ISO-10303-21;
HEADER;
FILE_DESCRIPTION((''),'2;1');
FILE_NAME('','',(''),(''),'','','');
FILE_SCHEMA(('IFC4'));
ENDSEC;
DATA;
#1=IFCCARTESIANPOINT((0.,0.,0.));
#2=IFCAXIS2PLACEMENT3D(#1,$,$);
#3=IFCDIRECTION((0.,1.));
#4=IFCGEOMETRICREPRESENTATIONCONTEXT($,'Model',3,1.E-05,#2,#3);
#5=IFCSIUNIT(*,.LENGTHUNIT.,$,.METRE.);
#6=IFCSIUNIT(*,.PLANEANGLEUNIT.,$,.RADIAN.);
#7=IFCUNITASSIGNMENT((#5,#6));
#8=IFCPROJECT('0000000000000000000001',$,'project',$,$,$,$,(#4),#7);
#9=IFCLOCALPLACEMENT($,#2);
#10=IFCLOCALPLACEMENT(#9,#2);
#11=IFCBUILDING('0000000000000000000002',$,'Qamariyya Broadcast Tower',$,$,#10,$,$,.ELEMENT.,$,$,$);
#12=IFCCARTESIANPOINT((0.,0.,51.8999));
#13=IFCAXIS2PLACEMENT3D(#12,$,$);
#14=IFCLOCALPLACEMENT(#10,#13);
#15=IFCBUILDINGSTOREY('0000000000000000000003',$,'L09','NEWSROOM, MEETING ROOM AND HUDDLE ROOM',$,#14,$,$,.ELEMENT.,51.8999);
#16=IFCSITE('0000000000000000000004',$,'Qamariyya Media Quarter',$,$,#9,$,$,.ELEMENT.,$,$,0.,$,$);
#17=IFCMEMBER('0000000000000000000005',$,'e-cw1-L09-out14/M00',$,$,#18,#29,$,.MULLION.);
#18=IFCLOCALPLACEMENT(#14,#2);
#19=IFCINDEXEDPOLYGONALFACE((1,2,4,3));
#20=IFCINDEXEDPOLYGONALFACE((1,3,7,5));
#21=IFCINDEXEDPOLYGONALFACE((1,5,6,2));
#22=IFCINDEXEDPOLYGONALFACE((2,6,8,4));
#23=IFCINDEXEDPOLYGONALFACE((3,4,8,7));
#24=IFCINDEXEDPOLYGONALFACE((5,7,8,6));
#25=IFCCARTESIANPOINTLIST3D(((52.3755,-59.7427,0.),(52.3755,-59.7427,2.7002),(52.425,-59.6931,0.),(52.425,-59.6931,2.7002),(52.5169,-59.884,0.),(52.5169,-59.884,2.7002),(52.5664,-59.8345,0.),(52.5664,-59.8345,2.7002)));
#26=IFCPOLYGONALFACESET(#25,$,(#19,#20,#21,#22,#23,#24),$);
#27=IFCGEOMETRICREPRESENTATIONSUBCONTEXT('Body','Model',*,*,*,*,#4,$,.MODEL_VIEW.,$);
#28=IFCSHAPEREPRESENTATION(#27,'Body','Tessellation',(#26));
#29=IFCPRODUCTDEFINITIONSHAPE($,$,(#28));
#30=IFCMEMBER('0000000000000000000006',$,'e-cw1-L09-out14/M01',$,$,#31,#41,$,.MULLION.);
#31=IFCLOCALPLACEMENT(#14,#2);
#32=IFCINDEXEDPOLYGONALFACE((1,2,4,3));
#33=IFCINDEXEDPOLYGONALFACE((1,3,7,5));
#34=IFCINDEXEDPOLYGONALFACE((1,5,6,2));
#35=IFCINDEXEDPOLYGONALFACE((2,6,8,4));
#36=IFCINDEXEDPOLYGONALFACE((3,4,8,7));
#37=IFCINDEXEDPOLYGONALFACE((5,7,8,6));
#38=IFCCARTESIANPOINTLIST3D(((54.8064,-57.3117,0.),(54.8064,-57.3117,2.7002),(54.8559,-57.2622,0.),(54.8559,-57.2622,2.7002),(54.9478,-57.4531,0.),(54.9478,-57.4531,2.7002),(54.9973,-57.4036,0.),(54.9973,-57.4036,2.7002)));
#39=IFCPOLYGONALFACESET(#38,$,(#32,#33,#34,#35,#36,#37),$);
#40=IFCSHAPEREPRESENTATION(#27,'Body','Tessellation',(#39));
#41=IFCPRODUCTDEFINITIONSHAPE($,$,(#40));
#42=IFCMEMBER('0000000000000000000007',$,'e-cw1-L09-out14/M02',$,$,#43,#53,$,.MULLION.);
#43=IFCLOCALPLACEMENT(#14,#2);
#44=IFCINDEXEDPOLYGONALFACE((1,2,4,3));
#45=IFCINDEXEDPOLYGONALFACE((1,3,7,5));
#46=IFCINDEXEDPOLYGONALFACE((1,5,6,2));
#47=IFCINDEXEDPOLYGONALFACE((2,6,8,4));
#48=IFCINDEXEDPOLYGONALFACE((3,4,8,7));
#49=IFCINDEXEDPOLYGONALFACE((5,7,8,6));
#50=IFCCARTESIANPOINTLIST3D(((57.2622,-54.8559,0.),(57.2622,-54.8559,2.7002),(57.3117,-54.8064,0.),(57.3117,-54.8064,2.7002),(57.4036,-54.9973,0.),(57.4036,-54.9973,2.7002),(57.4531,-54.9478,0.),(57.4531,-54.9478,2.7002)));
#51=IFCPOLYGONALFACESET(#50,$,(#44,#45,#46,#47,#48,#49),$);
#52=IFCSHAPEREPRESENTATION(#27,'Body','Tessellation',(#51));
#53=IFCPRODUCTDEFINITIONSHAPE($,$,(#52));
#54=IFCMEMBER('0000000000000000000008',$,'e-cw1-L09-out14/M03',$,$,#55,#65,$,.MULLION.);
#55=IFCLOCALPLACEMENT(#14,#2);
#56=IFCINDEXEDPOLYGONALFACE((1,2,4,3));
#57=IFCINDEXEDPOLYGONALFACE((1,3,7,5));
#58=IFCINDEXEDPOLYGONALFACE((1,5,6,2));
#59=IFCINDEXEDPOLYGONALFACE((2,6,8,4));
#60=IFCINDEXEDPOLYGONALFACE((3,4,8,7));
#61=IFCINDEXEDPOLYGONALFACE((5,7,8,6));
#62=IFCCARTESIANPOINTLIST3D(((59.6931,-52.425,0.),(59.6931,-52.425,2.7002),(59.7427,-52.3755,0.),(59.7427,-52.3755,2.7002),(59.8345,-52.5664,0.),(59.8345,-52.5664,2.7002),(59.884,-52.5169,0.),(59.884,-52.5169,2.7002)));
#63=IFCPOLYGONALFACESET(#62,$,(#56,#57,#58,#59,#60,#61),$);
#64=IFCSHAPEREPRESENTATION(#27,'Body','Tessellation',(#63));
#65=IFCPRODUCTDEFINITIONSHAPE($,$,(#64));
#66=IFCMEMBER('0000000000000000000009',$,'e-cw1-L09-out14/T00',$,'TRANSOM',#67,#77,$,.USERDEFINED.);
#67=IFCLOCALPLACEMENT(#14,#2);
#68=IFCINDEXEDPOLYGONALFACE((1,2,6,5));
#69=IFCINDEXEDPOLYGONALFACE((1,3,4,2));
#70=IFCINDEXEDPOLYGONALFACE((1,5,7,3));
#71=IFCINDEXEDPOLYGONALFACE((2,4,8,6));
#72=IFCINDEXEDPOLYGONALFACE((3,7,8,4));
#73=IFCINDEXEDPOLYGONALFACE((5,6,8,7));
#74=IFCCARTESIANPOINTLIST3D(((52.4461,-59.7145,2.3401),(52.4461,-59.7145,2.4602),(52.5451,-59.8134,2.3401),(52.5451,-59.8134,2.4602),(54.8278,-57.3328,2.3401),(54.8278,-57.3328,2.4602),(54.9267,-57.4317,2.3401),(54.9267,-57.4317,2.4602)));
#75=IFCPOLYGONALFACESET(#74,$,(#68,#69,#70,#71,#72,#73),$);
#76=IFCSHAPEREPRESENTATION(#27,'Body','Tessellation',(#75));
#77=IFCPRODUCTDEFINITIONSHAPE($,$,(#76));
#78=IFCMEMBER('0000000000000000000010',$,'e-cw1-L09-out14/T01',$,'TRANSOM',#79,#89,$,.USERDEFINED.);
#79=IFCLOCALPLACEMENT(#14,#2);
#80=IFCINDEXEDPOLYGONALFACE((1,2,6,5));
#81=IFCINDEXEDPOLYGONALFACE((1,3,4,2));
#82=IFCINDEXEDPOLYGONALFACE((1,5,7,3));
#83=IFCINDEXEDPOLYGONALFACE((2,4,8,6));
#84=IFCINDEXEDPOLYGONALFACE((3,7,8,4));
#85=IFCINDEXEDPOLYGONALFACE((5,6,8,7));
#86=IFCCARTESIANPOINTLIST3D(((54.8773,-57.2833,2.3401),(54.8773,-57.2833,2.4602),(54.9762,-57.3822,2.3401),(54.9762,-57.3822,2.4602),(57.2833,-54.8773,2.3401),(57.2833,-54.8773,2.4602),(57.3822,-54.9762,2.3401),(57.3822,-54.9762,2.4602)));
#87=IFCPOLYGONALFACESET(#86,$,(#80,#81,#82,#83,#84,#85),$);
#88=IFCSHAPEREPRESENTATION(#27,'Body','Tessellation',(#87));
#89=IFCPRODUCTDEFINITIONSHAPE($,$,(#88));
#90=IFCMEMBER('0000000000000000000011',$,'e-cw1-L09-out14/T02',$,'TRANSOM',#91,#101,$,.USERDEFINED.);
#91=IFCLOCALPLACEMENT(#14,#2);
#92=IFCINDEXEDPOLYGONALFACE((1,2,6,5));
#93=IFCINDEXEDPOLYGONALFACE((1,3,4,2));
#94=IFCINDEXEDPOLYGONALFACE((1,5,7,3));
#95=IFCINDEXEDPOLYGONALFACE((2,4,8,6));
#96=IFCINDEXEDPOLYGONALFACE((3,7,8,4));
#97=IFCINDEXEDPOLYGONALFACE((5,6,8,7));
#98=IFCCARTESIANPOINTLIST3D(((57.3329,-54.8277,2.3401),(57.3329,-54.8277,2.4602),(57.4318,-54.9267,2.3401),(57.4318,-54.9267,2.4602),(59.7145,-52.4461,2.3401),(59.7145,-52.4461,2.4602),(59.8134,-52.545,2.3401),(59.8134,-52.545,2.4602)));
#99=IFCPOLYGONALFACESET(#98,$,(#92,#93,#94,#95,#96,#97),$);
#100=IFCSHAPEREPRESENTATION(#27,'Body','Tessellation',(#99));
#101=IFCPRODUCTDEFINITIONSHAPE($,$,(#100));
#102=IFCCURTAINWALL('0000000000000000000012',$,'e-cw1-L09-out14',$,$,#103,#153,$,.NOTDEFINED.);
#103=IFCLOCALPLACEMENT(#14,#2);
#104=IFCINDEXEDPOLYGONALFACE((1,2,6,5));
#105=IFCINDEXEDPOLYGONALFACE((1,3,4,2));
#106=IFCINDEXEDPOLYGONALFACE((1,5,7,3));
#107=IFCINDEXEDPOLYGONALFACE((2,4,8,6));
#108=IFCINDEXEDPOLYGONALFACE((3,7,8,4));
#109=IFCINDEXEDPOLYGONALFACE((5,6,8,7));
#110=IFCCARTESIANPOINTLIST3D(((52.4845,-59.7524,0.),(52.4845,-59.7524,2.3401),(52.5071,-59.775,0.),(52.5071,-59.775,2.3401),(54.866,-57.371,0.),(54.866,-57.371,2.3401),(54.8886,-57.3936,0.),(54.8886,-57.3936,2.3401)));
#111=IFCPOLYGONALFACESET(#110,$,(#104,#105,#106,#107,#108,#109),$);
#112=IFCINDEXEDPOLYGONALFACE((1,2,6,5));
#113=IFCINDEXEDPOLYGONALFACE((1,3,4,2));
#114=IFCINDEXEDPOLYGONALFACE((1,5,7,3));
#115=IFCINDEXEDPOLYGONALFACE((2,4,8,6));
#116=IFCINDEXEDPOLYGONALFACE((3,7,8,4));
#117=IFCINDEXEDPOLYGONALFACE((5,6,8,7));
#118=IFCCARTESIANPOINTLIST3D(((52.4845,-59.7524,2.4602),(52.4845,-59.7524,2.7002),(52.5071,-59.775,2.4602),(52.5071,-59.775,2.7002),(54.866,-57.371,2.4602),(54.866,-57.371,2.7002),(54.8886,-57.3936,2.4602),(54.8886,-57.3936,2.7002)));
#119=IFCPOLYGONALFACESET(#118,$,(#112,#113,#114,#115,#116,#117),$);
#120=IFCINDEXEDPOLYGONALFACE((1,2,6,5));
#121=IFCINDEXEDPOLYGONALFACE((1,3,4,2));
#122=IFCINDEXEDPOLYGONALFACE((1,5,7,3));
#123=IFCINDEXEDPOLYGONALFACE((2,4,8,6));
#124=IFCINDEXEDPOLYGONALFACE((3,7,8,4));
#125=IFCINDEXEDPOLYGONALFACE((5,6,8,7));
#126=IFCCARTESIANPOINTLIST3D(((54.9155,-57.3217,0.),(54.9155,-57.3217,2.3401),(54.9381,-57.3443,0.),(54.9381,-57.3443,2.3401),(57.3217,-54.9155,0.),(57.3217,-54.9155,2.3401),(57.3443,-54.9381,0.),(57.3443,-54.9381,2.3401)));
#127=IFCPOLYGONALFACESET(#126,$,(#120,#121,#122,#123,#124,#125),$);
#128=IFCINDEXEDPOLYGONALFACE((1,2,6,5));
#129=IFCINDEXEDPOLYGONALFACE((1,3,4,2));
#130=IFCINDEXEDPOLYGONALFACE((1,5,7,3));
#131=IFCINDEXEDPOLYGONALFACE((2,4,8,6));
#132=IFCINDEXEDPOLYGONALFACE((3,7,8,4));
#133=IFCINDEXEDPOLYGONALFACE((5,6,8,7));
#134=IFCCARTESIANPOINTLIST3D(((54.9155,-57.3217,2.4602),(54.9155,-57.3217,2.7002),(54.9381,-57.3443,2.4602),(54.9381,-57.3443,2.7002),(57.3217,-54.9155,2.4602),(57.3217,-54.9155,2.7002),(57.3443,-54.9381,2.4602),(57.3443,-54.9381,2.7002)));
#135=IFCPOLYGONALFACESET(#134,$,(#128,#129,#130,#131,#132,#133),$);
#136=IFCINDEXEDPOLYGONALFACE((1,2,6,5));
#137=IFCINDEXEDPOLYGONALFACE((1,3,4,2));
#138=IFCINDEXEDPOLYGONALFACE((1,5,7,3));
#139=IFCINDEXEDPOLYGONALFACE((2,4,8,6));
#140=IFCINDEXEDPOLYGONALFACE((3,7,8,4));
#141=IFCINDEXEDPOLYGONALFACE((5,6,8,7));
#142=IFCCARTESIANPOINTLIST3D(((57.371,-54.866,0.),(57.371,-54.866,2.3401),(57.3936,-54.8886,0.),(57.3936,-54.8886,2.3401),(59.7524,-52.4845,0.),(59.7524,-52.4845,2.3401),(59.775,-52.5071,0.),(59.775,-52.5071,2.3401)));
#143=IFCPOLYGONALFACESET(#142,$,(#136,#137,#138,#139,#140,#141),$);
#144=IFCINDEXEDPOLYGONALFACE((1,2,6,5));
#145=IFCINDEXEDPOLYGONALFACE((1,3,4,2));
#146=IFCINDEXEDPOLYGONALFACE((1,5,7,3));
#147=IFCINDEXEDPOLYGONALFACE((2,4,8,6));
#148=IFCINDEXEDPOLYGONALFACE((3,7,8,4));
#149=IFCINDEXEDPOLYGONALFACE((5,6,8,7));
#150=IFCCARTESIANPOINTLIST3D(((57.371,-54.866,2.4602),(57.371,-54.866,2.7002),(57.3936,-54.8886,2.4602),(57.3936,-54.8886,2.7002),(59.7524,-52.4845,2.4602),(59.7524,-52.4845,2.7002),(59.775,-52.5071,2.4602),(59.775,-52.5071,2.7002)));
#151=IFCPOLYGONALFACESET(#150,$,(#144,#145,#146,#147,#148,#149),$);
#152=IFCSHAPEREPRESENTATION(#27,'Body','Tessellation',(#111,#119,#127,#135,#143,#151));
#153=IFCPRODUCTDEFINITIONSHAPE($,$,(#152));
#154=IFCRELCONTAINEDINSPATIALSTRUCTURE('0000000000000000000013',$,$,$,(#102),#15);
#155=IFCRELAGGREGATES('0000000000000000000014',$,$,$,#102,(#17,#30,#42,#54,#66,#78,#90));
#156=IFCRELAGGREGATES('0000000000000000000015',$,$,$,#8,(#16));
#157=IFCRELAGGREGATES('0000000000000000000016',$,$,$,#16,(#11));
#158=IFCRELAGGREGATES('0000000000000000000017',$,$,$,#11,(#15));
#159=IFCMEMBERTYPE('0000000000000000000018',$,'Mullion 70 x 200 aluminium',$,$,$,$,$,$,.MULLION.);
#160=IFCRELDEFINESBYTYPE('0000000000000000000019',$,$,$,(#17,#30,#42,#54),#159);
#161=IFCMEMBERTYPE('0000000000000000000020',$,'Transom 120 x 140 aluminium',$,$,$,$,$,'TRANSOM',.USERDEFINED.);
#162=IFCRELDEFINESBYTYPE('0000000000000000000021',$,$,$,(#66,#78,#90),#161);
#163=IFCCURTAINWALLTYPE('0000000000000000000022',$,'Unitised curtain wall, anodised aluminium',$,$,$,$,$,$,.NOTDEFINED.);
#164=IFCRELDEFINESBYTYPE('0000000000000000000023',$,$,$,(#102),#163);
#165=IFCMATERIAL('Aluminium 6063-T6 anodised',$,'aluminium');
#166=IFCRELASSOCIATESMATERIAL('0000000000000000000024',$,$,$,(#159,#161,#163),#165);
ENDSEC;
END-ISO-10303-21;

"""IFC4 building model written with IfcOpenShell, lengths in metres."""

from ifc_helpers import new_model, si_unit, direction, frame, origin, origin_2d, place, context, subcontext, project, spatial, rectangle, extrude, material, material_profile, profile_set, type_object, element, aggregate, save


model = new_model("IFC4")

# Units and contexts
model_context = context("Model", 3, precision=1e-05, world=origin(), true_north=direction((0.0, 1.0)))
body_context = subcontext(model_context, "Body", "Model", "MODEL_VIEW")
ifc_project = project(units=[si_unit("LENGTHUNIT", "METRE"), si_unit("PLANEANGLEUNIT", "RADIAN")], contexts=[model_context])

# Members
ifc_material = material(Name="Aluminium 6063-T6 anodised", Category="aluminium")
ifc_material_profile_1 = material_profile(ifc_material, rectangle(XDim=0.2, YDim=0.0701, at=origin_2d()))
ifc_profile_set_1 = profile_set([ifc_material_profile_1], Name="Aluminium 6063-T6 anodised")
member_type_1 = type_object("IfcMemberType", Name="Mullion 70 x 200 aluminium", PredefinedType="MULLION", material=ifc_profile_set_1)
site_placement = place(None, origin())
building_placement = place(site_placement, origin())
storey_placement = place(building_placement, frame((0.0, 0.0, 51.8999)))
member_1_placement = place(storey_placement, frame((52.4709, -59.7886, 0.0), z_axis=(0.0, 0.0, 1.0), x_axis=(-0.707107, 0.707107, 0.0)))
member_1 = element("IfcMember", 1, at=member_1_placement, type_object=member_type_1, Name="e-cw1-L09-out14/M00", PredefinedType="MULLION", context=body_context, shape_type="SweptSolid", body=[
    extrude(rectangle(XDim=0.2, YDim=0.0701, at=origin_2d()), origin(), (0.0, 0.0, 1.0), 2.7002),
])
member_2_placement = place(storey_placement, frame((54.9019, -57.3577, 0.0), z_axis=(0.0, 0.0, 1.0), x_axis=(-0.707107, 0.707107, 0.0)))
member_2 = element("IfcMember", 2, at=member_2_placement, type_object=member_type_1, Name="e-cw1-L09-out14/M01", PredefinedType="MULLION", context=body_context, shape_type="SweptSolid", body=[
    extrude(rectangle(XDim=0.2, YDim=0.0701, at=origin_2d()), origin(), (0.0, 0.0, 1.0), 2.7002),
])
member_3_placement = place(storey_placement, frame((57.3577, -54.9019, 0.0), z_axis=(0.0, 0.0, 1.0), x_axis=(-0.707107, 0.707107, 0.0)))
member_3 = element("IfcMember", 3, at=member_3_placement, type_object=member_type_1, Name="e-cw1-L09-out14/M02", PredefinedType="MULLION", context=body_context, shape_type="SweptSolid", body=[
    extrude(rectangle(XDim=0.2, YDim=0.0701, at=origin_2d()), origin(), (0.0, 0.0, 1.0), 2.7002),
])
member_4_placement = place(storey_placement, frame((59.7886, -52.4709, 0.0), z_axis=(0.0, 0.0, 1.0), x_axis=(-0.707107, 0.707107, 0.0)))
member_4 = element("IfcMember", 4, at=member_4_placement, type_object=member_type_1, Name="e-cw1-L09-out14/M03", PredefinedType="MULLION", context=body_context, shape_type="SweptSolid", body=[
    extrude(rectangle(XDim=0.2, YDim=0.0701, at=origin_2d()), origin(), (0.0, 0.0, 1.0), 2.7002),
])
ifc_material_profile_2 = material_profile(ifc_material, rectangle(XDim=0.1399, YDim=0.1201, at=origin_2d()))
ifc_profile_set_2 = profile_set([ifc_material_profile_2], Name="Aluminium 6063-T6 anodised")
member_type_2 = type_object("IfcMemberType", Name="Transom 120 x 140 aluminium", ElementType="TRANSOM", PredefinedType="USERDEFINED", material=ifc_profile_set_2)
member_5_placement = place(storey_placement, frame((52.4956, -59.7639, 2.4001), z_axis=(0.707107, 0.707107, 0.0), x_axis=(-0.707107, 0.707107, 0.0)))
member_5 = element("IfcMember", 5, at=member_5_placement, type_object=member_type_2, Name="e-cw1-L09-out14/T00", ObjectType="TRANSOM", PredefinedType="USERDEFINED", context=body_context, shape_type="SweptSolid", body=[
    extrude(rectangle(XDim=0.1399, YDim=0.1201, at=origin_2d()), origin(), (0.0, 0.0, 1.0), 3.3682),
])
member_6_placement = place(storey_placement, frame((54.9268, -57.3328, 2.4001), z_axis=(0.707107, 0.707107, 0.0), x_axis=(-0.707107, 0.707107, 0.0)))
member_6 = element("IfcMember", 6, at=member_6_placement, type_object=member_type_2, Name="e-cw1-L09-out14/T01", ObjectType="TRANSOM", PredefinedType="USERDEFINED", context=body_context, shape_type="SweptSolid", body=[
    extrude(rectangle(XDim=0.1399, YDim=0.1201, at=origin_2d()), origin(), (0.0, 0.0, 1.0), 3.4026),
])
member_7_placement = place(storey_placement, frame((57.3823, -54.8772, 2.4001), z_axis=(0.707107, 0.707107, 0.0), x_axis=(-0.707107, 0.707107, 0.0)))
member_7 = element("IfcMember", 7, at=member_7_placement, type_object=member_type_2, Name="e-cw1-L09-out14/T02", ObjectType="TRANSOM", PredefinedType="USERDEFINED", context=body_context, shape_type="SweptSolid", body=[
    extrude(rectangle(XDim=0.1399, YDim=0.1201, at=origin_2d()), origin(), (0.0, 0.0, 1.0), 3.3682),
])

# Site, building, storey
site = spatial("IfcSite", under=ifc_project, at=site_placement, Name="Qamariyya Media Quarter", CompositionType="ELEMENT", RefElevation=0.0)
building = spatial("IfcBuilding", under=site, at=building_placement, Name="Qamariyya Broadcast Tower", CompositionType="ELEMENT")
storey = spatial("IfcBuildingStorey", under=building, at=storey_placement, Name="L09", Description="NEWSROOM, MEETING ROOM AND HUDDLE ROOM", CompositionType="ELEMENT", Elevation=51.8999)

# Curtain wall
curtain_wall_type = type_object("IfcCurtainWallType", Name="Unitised curtain wall, anodised aluminium", PredefinedType="NOTDEFINED", material=ifc_material)
curtain_wall_1_placement = place(storey_placement, origin())
curtain_wall_1 = element("IfcCurtainWall", 8, at=curtain_wall_1_placement, inside=storey, type_object=curtain_wall_type, Name="e-cw1-L09-out14", PredefinedType="NOTDEFINED", context=body_context, shape_type="SweptSolid", body=[
    extrude(rectangle(XDim=3.3679, YDim=0.032, at=origin_2d()), frame((53.6865, -58.573, 0.0), x_axis=(0.707107, 0.707107, 0.0)), (0.0, 0.0, 1.0), 2.3401),
    extrude(rectangle(XDim=3.3679, YDim=0.032, at=origin_2d()), frame((53.6865, -58.573, 2.4602), x_axis=(0.707107, 0.707107, 0.0)), (0.0, 0.0, 1.0), 0.24),
    extrude(rectangle(XDim=3.4028, YDim=0.032, at=origin_2d()), frame((56.1299, -56.1299, 0.0), x_axis=(0.707107, 0.707107, 0.0)), (0.0, 0.0, 1.0), 2.3401),
    extrude(rectangle(XDim=3.4028, YDim=0.032, at=origin_2d()), frame((56.1299, -56.1299, 2.4602), x_axis=(0.707107, 0.707107, 0.0)), (0.0, 0.0, 1.0), 0.24),
    extrude(rectangle(XDim=3.3679, YDim=0.032, at=origin_2d()), frame((58.573, -53.6865, 0.0), x_axis=(0.707107, 0.707107, 0.0)), (0.0, 0.0, 1.0), 2.3401),
    extrude(rectangle(XDim=3.3679, YDim=0.032, at=origin_2d()), frame((58.573, -53.6865, 2.4602), x_axis=(0.707107, 0.707107, 0.0)), (0.0, 0.0, 1.0), 0.24),
])
aggregate(curtain_wall_1, [member_1, member_2, member_3, member_4, member_5, member_6, member_7])

save(model, "model.ifc")
